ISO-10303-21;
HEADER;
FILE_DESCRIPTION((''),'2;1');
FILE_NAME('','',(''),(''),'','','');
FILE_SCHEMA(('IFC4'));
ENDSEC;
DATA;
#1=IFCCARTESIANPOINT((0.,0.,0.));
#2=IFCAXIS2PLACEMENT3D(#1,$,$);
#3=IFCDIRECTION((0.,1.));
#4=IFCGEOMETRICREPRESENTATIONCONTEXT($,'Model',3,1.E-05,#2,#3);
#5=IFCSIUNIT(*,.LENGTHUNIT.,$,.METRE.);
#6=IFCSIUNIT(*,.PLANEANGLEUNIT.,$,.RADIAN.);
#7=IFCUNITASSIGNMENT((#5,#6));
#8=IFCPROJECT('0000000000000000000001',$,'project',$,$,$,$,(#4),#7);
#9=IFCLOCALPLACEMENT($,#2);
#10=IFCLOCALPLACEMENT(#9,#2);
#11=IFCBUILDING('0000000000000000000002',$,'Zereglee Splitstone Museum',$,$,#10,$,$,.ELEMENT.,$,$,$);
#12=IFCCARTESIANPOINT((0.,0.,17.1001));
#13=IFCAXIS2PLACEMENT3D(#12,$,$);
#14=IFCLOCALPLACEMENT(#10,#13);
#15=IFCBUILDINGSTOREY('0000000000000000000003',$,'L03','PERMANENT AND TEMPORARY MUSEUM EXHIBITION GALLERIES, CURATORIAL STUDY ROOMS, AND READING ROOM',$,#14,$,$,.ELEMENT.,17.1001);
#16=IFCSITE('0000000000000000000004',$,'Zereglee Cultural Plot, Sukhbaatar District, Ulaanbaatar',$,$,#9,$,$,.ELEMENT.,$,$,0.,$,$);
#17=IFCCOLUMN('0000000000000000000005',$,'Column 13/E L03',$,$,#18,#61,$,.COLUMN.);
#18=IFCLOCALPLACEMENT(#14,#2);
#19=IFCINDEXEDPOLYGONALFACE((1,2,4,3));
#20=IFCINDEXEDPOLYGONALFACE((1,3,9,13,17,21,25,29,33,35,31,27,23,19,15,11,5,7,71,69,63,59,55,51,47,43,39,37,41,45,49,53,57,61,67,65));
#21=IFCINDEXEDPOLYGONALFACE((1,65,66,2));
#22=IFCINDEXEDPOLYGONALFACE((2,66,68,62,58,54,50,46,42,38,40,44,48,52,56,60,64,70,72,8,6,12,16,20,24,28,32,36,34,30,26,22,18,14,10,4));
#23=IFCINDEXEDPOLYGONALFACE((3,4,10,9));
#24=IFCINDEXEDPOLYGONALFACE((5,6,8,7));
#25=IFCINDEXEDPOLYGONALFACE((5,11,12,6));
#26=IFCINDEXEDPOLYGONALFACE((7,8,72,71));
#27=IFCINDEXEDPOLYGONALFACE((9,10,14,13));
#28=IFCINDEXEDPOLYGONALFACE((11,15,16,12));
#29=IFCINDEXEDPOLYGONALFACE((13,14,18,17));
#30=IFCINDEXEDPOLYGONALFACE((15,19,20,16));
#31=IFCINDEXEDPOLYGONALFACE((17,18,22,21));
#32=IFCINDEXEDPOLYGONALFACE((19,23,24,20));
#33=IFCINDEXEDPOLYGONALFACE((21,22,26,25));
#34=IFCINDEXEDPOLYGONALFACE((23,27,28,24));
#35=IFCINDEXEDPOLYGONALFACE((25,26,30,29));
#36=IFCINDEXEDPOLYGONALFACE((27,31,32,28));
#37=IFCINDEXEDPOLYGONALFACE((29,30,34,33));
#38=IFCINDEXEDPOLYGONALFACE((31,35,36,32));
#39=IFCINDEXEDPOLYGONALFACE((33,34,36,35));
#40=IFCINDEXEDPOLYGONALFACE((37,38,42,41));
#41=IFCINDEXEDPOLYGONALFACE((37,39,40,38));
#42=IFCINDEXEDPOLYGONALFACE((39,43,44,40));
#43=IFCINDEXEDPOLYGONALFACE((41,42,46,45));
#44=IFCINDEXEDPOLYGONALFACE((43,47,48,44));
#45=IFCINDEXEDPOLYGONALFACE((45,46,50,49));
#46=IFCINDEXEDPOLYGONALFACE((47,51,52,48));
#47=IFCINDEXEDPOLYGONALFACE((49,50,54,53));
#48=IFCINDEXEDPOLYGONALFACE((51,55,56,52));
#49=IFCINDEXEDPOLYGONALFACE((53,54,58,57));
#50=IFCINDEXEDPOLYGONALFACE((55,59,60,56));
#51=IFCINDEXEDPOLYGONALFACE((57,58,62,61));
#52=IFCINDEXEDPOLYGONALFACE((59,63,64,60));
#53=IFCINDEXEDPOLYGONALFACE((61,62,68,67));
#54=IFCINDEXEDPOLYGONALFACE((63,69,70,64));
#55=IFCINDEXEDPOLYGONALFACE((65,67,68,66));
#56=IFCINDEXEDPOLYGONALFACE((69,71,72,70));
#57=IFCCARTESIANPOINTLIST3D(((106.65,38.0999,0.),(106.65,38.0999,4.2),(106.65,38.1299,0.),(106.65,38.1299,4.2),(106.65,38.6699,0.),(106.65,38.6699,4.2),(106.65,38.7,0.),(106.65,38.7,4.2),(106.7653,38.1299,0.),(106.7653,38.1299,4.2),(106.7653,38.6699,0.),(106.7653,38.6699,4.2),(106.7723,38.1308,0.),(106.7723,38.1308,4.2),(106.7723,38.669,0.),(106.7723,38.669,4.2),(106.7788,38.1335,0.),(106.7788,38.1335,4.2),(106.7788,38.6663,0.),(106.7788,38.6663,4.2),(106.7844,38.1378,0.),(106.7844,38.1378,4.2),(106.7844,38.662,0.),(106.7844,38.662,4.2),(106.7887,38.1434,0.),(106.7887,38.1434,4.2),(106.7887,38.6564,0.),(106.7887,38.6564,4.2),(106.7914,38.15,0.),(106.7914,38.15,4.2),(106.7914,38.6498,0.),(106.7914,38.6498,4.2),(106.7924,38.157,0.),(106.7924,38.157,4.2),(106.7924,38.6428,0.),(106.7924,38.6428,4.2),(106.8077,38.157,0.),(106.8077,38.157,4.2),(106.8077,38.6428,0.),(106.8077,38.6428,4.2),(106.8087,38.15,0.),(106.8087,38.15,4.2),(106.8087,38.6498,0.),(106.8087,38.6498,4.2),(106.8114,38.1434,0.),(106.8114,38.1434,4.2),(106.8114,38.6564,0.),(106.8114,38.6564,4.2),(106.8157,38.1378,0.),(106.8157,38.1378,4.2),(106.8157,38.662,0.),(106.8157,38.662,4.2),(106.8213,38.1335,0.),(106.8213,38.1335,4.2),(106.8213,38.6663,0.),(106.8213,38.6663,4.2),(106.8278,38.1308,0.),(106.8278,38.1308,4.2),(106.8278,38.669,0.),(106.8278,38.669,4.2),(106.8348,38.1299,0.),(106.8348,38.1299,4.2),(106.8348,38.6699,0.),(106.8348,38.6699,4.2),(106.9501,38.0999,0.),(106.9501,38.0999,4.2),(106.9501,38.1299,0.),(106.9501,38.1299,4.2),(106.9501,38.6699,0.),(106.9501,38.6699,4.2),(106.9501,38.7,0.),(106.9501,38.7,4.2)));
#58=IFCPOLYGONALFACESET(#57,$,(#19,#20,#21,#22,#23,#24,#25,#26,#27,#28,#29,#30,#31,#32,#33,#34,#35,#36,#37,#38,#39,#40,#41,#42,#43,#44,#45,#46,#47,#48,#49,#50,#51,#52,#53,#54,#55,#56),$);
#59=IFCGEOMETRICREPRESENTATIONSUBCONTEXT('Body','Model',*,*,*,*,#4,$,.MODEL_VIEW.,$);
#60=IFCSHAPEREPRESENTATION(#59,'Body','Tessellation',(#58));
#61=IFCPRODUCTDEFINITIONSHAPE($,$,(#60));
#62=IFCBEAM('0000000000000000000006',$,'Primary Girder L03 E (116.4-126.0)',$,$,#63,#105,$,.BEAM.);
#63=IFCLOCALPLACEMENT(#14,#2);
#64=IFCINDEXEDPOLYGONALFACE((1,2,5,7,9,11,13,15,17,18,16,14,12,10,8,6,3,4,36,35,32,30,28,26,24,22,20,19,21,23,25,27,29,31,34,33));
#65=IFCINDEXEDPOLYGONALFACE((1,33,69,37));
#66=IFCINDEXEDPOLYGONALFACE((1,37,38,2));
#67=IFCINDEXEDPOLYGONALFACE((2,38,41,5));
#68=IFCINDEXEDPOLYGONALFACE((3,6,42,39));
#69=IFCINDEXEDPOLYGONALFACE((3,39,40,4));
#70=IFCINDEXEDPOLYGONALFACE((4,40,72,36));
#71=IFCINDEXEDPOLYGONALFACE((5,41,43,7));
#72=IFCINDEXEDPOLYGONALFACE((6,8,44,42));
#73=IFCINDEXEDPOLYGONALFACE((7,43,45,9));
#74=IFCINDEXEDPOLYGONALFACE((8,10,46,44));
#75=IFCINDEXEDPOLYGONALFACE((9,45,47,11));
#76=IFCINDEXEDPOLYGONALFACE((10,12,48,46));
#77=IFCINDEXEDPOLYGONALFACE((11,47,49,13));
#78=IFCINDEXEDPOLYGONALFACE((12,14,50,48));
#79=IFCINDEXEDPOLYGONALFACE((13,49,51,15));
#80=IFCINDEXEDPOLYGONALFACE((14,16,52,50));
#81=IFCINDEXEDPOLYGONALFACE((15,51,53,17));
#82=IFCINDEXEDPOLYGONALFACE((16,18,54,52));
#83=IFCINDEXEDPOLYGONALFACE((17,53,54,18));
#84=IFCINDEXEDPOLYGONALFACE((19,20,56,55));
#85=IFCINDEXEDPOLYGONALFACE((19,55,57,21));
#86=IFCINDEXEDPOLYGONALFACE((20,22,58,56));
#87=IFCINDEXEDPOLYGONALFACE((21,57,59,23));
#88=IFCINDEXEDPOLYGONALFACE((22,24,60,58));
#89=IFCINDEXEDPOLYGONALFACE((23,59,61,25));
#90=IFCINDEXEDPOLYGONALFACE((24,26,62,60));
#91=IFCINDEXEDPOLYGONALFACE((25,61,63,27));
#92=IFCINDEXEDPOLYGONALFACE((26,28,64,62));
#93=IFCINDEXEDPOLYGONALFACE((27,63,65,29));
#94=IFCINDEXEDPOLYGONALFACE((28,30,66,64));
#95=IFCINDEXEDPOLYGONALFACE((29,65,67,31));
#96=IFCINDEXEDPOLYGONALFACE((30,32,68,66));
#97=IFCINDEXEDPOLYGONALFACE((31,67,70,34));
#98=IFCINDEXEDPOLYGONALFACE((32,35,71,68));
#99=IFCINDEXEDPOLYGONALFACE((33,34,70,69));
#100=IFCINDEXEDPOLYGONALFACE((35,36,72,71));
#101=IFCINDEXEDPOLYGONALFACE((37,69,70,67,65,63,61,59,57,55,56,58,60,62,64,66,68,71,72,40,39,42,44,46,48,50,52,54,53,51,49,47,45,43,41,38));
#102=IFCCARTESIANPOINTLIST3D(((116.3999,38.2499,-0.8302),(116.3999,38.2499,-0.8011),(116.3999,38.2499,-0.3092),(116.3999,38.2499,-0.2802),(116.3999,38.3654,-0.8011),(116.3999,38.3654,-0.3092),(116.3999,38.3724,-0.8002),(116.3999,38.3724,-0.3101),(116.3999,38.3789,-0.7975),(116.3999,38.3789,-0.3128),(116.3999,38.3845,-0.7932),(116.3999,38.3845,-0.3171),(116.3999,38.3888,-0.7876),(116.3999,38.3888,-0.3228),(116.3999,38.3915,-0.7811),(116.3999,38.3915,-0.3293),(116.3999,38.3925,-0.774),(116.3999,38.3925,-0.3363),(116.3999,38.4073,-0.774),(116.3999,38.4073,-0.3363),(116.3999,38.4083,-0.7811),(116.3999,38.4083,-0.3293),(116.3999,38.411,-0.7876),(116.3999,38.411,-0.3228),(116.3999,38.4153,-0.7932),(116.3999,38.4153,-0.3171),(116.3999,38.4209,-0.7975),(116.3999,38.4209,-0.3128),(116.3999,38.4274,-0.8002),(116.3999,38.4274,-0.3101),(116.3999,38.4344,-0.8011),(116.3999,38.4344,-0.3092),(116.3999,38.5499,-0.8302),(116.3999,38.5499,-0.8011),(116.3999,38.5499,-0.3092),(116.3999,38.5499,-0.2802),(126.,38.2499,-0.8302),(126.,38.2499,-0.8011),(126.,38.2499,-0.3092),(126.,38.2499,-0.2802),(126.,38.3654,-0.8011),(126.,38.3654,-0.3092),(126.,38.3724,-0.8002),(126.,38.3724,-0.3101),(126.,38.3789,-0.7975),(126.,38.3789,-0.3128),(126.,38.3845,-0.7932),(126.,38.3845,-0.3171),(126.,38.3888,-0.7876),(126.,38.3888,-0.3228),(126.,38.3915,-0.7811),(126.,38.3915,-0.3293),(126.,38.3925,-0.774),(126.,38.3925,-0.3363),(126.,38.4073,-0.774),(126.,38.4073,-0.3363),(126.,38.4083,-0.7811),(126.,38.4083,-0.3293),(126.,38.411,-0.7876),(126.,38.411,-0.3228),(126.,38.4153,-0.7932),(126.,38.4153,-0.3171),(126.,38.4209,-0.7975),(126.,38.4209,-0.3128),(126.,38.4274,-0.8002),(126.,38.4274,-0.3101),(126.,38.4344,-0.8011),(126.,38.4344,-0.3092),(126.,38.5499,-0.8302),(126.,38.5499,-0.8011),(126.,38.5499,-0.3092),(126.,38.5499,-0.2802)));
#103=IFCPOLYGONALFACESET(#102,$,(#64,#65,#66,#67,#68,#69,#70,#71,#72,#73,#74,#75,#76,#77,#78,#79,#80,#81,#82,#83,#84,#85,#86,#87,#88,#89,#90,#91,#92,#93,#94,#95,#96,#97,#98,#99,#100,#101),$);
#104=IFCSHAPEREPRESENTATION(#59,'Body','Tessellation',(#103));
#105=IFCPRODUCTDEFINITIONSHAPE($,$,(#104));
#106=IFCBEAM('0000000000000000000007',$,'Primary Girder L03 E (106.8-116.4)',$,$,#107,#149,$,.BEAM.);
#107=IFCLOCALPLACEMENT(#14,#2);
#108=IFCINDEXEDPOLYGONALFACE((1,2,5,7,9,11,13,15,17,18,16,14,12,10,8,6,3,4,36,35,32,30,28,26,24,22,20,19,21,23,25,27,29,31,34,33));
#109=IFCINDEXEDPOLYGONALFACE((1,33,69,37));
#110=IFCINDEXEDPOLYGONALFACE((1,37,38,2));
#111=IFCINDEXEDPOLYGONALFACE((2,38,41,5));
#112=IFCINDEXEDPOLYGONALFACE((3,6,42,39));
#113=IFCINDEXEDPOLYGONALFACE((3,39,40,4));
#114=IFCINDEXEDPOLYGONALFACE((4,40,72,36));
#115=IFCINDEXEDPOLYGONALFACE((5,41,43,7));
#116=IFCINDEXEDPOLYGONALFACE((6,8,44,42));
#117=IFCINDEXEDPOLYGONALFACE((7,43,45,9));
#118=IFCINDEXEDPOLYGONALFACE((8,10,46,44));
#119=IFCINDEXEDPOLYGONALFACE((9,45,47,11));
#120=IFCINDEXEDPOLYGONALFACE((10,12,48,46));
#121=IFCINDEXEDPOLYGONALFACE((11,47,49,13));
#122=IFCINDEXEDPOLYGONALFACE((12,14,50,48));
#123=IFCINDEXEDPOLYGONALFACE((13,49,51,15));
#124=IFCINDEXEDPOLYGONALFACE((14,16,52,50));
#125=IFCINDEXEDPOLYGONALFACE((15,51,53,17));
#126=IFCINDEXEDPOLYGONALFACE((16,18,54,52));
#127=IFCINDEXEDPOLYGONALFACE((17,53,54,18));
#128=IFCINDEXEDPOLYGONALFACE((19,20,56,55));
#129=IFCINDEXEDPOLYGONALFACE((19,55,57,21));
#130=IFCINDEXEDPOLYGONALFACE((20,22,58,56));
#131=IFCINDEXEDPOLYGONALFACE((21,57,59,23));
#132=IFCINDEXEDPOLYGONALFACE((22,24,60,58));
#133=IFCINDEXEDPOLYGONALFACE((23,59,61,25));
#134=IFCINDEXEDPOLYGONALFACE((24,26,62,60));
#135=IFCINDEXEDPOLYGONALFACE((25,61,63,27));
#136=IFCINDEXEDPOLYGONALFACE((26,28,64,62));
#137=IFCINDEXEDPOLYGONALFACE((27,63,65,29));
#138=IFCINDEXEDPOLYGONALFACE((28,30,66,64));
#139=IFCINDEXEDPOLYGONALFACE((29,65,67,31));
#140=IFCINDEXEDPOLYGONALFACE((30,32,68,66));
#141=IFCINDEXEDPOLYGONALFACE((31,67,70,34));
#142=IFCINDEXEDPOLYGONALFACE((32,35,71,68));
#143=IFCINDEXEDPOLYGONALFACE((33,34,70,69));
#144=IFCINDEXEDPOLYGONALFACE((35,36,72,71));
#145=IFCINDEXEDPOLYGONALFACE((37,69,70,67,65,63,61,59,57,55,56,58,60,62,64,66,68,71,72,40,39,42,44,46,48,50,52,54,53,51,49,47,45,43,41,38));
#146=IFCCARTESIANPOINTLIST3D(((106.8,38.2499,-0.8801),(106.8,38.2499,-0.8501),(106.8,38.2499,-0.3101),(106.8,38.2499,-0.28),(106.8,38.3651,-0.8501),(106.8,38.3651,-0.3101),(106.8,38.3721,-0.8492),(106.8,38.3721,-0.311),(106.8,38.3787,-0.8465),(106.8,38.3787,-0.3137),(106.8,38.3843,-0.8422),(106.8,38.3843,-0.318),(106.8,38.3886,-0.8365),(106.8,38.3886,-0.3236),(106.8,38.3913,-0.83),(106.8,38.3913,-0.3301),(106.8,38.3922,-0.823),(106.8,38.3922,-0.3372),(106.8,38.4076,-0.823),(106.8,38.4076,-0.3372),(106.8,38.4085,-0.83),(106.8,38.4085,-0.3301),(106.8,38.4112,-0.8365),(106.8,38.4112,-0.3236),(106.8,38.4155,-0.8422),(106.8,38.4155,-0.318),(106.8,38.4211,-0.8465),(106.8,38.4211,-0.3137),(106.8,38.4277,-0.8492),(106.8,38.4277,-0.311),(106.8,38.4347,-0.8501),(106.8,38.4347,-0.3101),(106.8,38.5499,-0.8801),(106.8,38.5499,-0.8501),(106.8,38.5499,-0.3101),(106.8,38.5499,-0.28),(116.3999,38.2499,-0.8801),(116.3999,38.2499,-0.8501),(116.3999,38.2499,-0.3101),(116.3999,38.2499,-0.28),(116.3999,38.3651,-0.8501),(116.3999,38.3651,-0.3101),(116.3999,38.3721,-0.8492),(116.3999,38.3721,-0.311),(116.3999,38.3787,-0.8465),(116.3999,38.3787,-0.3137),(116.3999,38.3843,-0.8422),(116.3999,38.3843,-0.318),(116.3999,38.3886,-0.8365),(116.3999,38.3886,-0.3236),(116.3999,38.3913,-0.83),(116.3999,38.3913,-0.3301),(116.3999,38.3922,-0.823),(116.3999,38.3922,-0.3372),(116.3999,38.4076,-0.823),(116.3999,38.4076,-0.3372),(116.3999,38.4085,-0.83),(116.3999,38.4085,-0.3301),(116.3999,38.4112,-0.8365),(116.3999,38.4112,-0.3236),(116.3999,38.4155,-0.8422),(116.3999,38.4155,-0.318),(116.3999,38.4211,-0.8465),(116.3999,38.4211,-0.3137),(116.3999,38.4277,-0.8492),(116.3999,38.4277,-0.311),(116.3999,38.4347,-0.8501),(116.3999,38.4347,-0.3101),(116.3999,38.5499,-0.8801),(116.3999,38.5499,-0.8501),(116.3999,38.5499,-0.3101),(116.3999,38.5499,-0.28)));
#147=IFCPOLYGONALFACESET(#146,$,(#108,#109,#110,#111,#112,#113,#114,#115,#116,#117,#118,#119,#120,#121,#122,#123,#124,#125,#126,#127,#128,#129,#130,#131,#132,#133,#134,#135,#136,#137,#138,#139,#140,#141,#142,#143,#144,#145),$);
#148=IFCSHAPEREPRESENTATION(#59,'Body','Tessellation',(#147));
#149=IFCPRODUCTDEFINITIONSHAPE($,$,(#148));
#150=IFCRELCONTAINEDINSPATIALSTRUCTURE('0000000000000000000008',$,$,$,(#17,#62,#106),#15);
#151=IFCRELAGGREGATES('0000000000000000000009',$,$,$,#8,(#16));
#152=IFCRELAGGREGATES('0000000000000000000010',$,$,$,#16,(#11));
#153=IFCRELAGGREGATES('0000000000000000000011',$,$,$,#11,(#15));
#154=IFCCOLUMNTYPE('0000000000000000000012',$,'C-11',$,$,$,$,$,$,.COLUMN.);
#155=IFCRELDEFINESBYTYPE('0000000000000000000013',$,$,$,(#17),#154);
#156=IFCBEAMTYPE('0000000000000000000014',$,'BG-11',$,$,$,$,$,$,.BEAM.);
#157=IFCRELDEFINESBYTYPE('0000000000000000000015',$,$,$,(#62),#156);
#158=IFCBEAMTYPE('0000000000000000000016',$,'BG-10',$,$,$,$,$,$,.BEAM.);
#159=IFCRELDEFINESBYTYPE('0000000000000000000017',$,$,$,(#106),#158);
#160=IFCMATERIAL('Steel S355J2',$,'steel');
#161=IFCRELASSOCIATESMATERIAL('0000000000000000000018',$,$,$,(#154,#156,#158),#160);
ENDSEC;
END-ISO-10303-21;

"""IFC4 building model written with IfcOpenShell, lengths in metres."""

from ifc_helpers import new_model, si_unit, direction, frame, origin, origin_2d, place, context, subcontext, project, spatial, i_section, extrude, material, material_profile, profile_set, type_object, element, save


model = new_model("IFC4")

# Units and contexts
model_context = context("Model", 3, precision=1e-05, world=origin(), true_north=direction((0.0, 1.0)))
body_context = subcontext(model_context, "Body", "Model", "MODEL_VIEW")
ifc_project = project(units=[si_unit("LENGTHUNIT", "METRE"), si_unit("PLANEANGLEUNIT", "RADIAN")], contexts=[model_context])

# Site, building, storey
site_placement = place(None, origin())
site = spatial("IfcSite", under=ifc_project, at=site_placement, Name="Zereglee Cultural Plot, Sukhbaatar District, Ulaanbaatar", CompositionType="ELEMENT", RefElevation=0.0)
building_placement = place(site_placement, origin())
building = spatial("IfcBuilding", under=site, at=building_placement, Name="Zereglee Splitstone Museum", CompositionType="ELEMENT")
storey_placement = place(building_placement, frame((0.0, 0.0, 17.1001)))
storey = spatial("IfcBuildingStorey", under=building, at=storey_placement, Name="L03", Description="PERMANENT AND TEMPORARY MUSEUM EXHIBITION GALLERIES, CURATORIAL STUDY ROOMS, AND READING ROOM", CompositionType="ELEMENT", Elevation=17.1001)

# Column
ifc_material_1 = material(Name="Steel S355J2", Category="steel")
ifc_material_profile_1 = material_profile(ifc_material_1, i_section(OverallWidth=0.3, OverallDepth=0.6001, WebThickness=0.0154, FlangeThickness=0.03, FilletRadius=0.0271, at=origin_2d()), Name="HE 600 B")
ifc_profile_set_1 = profile_set([ifc_material_profile_1], Name="Steel S355J2")
column_type_1 = type_object("IfcColumnType", Name="C-11", PredefinedType="COLUMN", material=ifc_profile_set_1)
column_1_placement = place(storey_placement, frame((106.8, 38.3999, 0.0), z_axis=(0.0, 0.0, 1.0), x_axis=(1.0, 0.0, 0.0)))
element("IfcColumn", 1, at=column_1_placement, inside=storey, type_object=column_type_1, Name="Column 13/E L03", PredefinedType="COLUMN", context=body_context, shape_type="SweptSolid", body=[
    extrude(i_section(OverallWidth=0.3, OverallDepth=0.6001, WebThickness=0.0154, FlangeThickness=0.03, FilletRadius=0.0271, at=origin_2d()), origin(), (0.0, 0.0, 1.0), 4.2),
])

# Beams
ifc_material_profile_2 = material_profile(ifc_material_1, i_section(OverallWidth=0.3, OverallDepth=0.55, WebThickness=0.0149, FlangeThickness=0.0291, FilletRadius=0.0271, at=origin_2d()), Name="HE 550 B")
ifc_profile_set_2 = profile_set([ifc_material_profile_2], Name="Steel S355J2")
beam_type_1 = type_object("IfcBeamType", Name="BG-11", PredefinedType="BEAM", material=ifc_profile_set_2)
beam_1_placement = place(storey_placement, frame((116.3999, 38.3999, -0.5552), z_axis=(1.0, 0.0, 0.0), x_axis=(0.0, 1.0, 0.0)))
element("IfcBeam", 2, at=beam_1_placement, inside=storey, type_object=beam_type_1, Name="Primary Girder L03 E (116.4-126.0)", PredefinedType="BEAM", context=body_context, shape_type="SweptSolid", body=[
    extrude(i_section(OverallWidth=0.3, OverallDepth=0.55, WebThickness=0.0149, FlangeThickness=0.0291, FilletRadius=0.0271, at=origin_2d()), origin(), (0.0, 0.0, 1.0), 9.6001),
])
ifc_material_profile_3 = material_profile(ifc_material_1, i_section(OverallWidth=0.3, OverallDepth=0.6001, WebThickness=0.0154, FlangeThickness=0.03, FilletRadius=0.0271, at=origin_2d()), Name="HE 600 B")
ifc_profile_set_3 = profile_set([ifc_material_profile_3], Name="Steel S355J2")
beam_type_2 = type_object("IfcBeamType", Name="BG-10", PredefinedType="BEAM", material=ifc_profile_set_3)
beam_2_placement = place(storey_placement, frame((106.8, 38.3999, -0.5801), z_axis=(1.0, 0.0, 0.0), x_axis=(0.0, 1.0, 0.0)))
element("IfcBeam", 3, at=beam_2_placement, inside=storey, type_object=beam_type_2, Name="Primary Girder L03 E (106.8-116.4)", PredefinedType="BEAM", context=body_context, shape_type="SweptSolid", body=[
    extrude(i_section(OverallWidth=0.3, OverallDepth=0.6001, WebThickness=0.0154, FlangeThickness=0.03, FilletRadius=0.0271, at=origin_2d()), origin(), (0.0, 0.0, 1.0), 9.5999),
])

save(model, "model.ifc")
